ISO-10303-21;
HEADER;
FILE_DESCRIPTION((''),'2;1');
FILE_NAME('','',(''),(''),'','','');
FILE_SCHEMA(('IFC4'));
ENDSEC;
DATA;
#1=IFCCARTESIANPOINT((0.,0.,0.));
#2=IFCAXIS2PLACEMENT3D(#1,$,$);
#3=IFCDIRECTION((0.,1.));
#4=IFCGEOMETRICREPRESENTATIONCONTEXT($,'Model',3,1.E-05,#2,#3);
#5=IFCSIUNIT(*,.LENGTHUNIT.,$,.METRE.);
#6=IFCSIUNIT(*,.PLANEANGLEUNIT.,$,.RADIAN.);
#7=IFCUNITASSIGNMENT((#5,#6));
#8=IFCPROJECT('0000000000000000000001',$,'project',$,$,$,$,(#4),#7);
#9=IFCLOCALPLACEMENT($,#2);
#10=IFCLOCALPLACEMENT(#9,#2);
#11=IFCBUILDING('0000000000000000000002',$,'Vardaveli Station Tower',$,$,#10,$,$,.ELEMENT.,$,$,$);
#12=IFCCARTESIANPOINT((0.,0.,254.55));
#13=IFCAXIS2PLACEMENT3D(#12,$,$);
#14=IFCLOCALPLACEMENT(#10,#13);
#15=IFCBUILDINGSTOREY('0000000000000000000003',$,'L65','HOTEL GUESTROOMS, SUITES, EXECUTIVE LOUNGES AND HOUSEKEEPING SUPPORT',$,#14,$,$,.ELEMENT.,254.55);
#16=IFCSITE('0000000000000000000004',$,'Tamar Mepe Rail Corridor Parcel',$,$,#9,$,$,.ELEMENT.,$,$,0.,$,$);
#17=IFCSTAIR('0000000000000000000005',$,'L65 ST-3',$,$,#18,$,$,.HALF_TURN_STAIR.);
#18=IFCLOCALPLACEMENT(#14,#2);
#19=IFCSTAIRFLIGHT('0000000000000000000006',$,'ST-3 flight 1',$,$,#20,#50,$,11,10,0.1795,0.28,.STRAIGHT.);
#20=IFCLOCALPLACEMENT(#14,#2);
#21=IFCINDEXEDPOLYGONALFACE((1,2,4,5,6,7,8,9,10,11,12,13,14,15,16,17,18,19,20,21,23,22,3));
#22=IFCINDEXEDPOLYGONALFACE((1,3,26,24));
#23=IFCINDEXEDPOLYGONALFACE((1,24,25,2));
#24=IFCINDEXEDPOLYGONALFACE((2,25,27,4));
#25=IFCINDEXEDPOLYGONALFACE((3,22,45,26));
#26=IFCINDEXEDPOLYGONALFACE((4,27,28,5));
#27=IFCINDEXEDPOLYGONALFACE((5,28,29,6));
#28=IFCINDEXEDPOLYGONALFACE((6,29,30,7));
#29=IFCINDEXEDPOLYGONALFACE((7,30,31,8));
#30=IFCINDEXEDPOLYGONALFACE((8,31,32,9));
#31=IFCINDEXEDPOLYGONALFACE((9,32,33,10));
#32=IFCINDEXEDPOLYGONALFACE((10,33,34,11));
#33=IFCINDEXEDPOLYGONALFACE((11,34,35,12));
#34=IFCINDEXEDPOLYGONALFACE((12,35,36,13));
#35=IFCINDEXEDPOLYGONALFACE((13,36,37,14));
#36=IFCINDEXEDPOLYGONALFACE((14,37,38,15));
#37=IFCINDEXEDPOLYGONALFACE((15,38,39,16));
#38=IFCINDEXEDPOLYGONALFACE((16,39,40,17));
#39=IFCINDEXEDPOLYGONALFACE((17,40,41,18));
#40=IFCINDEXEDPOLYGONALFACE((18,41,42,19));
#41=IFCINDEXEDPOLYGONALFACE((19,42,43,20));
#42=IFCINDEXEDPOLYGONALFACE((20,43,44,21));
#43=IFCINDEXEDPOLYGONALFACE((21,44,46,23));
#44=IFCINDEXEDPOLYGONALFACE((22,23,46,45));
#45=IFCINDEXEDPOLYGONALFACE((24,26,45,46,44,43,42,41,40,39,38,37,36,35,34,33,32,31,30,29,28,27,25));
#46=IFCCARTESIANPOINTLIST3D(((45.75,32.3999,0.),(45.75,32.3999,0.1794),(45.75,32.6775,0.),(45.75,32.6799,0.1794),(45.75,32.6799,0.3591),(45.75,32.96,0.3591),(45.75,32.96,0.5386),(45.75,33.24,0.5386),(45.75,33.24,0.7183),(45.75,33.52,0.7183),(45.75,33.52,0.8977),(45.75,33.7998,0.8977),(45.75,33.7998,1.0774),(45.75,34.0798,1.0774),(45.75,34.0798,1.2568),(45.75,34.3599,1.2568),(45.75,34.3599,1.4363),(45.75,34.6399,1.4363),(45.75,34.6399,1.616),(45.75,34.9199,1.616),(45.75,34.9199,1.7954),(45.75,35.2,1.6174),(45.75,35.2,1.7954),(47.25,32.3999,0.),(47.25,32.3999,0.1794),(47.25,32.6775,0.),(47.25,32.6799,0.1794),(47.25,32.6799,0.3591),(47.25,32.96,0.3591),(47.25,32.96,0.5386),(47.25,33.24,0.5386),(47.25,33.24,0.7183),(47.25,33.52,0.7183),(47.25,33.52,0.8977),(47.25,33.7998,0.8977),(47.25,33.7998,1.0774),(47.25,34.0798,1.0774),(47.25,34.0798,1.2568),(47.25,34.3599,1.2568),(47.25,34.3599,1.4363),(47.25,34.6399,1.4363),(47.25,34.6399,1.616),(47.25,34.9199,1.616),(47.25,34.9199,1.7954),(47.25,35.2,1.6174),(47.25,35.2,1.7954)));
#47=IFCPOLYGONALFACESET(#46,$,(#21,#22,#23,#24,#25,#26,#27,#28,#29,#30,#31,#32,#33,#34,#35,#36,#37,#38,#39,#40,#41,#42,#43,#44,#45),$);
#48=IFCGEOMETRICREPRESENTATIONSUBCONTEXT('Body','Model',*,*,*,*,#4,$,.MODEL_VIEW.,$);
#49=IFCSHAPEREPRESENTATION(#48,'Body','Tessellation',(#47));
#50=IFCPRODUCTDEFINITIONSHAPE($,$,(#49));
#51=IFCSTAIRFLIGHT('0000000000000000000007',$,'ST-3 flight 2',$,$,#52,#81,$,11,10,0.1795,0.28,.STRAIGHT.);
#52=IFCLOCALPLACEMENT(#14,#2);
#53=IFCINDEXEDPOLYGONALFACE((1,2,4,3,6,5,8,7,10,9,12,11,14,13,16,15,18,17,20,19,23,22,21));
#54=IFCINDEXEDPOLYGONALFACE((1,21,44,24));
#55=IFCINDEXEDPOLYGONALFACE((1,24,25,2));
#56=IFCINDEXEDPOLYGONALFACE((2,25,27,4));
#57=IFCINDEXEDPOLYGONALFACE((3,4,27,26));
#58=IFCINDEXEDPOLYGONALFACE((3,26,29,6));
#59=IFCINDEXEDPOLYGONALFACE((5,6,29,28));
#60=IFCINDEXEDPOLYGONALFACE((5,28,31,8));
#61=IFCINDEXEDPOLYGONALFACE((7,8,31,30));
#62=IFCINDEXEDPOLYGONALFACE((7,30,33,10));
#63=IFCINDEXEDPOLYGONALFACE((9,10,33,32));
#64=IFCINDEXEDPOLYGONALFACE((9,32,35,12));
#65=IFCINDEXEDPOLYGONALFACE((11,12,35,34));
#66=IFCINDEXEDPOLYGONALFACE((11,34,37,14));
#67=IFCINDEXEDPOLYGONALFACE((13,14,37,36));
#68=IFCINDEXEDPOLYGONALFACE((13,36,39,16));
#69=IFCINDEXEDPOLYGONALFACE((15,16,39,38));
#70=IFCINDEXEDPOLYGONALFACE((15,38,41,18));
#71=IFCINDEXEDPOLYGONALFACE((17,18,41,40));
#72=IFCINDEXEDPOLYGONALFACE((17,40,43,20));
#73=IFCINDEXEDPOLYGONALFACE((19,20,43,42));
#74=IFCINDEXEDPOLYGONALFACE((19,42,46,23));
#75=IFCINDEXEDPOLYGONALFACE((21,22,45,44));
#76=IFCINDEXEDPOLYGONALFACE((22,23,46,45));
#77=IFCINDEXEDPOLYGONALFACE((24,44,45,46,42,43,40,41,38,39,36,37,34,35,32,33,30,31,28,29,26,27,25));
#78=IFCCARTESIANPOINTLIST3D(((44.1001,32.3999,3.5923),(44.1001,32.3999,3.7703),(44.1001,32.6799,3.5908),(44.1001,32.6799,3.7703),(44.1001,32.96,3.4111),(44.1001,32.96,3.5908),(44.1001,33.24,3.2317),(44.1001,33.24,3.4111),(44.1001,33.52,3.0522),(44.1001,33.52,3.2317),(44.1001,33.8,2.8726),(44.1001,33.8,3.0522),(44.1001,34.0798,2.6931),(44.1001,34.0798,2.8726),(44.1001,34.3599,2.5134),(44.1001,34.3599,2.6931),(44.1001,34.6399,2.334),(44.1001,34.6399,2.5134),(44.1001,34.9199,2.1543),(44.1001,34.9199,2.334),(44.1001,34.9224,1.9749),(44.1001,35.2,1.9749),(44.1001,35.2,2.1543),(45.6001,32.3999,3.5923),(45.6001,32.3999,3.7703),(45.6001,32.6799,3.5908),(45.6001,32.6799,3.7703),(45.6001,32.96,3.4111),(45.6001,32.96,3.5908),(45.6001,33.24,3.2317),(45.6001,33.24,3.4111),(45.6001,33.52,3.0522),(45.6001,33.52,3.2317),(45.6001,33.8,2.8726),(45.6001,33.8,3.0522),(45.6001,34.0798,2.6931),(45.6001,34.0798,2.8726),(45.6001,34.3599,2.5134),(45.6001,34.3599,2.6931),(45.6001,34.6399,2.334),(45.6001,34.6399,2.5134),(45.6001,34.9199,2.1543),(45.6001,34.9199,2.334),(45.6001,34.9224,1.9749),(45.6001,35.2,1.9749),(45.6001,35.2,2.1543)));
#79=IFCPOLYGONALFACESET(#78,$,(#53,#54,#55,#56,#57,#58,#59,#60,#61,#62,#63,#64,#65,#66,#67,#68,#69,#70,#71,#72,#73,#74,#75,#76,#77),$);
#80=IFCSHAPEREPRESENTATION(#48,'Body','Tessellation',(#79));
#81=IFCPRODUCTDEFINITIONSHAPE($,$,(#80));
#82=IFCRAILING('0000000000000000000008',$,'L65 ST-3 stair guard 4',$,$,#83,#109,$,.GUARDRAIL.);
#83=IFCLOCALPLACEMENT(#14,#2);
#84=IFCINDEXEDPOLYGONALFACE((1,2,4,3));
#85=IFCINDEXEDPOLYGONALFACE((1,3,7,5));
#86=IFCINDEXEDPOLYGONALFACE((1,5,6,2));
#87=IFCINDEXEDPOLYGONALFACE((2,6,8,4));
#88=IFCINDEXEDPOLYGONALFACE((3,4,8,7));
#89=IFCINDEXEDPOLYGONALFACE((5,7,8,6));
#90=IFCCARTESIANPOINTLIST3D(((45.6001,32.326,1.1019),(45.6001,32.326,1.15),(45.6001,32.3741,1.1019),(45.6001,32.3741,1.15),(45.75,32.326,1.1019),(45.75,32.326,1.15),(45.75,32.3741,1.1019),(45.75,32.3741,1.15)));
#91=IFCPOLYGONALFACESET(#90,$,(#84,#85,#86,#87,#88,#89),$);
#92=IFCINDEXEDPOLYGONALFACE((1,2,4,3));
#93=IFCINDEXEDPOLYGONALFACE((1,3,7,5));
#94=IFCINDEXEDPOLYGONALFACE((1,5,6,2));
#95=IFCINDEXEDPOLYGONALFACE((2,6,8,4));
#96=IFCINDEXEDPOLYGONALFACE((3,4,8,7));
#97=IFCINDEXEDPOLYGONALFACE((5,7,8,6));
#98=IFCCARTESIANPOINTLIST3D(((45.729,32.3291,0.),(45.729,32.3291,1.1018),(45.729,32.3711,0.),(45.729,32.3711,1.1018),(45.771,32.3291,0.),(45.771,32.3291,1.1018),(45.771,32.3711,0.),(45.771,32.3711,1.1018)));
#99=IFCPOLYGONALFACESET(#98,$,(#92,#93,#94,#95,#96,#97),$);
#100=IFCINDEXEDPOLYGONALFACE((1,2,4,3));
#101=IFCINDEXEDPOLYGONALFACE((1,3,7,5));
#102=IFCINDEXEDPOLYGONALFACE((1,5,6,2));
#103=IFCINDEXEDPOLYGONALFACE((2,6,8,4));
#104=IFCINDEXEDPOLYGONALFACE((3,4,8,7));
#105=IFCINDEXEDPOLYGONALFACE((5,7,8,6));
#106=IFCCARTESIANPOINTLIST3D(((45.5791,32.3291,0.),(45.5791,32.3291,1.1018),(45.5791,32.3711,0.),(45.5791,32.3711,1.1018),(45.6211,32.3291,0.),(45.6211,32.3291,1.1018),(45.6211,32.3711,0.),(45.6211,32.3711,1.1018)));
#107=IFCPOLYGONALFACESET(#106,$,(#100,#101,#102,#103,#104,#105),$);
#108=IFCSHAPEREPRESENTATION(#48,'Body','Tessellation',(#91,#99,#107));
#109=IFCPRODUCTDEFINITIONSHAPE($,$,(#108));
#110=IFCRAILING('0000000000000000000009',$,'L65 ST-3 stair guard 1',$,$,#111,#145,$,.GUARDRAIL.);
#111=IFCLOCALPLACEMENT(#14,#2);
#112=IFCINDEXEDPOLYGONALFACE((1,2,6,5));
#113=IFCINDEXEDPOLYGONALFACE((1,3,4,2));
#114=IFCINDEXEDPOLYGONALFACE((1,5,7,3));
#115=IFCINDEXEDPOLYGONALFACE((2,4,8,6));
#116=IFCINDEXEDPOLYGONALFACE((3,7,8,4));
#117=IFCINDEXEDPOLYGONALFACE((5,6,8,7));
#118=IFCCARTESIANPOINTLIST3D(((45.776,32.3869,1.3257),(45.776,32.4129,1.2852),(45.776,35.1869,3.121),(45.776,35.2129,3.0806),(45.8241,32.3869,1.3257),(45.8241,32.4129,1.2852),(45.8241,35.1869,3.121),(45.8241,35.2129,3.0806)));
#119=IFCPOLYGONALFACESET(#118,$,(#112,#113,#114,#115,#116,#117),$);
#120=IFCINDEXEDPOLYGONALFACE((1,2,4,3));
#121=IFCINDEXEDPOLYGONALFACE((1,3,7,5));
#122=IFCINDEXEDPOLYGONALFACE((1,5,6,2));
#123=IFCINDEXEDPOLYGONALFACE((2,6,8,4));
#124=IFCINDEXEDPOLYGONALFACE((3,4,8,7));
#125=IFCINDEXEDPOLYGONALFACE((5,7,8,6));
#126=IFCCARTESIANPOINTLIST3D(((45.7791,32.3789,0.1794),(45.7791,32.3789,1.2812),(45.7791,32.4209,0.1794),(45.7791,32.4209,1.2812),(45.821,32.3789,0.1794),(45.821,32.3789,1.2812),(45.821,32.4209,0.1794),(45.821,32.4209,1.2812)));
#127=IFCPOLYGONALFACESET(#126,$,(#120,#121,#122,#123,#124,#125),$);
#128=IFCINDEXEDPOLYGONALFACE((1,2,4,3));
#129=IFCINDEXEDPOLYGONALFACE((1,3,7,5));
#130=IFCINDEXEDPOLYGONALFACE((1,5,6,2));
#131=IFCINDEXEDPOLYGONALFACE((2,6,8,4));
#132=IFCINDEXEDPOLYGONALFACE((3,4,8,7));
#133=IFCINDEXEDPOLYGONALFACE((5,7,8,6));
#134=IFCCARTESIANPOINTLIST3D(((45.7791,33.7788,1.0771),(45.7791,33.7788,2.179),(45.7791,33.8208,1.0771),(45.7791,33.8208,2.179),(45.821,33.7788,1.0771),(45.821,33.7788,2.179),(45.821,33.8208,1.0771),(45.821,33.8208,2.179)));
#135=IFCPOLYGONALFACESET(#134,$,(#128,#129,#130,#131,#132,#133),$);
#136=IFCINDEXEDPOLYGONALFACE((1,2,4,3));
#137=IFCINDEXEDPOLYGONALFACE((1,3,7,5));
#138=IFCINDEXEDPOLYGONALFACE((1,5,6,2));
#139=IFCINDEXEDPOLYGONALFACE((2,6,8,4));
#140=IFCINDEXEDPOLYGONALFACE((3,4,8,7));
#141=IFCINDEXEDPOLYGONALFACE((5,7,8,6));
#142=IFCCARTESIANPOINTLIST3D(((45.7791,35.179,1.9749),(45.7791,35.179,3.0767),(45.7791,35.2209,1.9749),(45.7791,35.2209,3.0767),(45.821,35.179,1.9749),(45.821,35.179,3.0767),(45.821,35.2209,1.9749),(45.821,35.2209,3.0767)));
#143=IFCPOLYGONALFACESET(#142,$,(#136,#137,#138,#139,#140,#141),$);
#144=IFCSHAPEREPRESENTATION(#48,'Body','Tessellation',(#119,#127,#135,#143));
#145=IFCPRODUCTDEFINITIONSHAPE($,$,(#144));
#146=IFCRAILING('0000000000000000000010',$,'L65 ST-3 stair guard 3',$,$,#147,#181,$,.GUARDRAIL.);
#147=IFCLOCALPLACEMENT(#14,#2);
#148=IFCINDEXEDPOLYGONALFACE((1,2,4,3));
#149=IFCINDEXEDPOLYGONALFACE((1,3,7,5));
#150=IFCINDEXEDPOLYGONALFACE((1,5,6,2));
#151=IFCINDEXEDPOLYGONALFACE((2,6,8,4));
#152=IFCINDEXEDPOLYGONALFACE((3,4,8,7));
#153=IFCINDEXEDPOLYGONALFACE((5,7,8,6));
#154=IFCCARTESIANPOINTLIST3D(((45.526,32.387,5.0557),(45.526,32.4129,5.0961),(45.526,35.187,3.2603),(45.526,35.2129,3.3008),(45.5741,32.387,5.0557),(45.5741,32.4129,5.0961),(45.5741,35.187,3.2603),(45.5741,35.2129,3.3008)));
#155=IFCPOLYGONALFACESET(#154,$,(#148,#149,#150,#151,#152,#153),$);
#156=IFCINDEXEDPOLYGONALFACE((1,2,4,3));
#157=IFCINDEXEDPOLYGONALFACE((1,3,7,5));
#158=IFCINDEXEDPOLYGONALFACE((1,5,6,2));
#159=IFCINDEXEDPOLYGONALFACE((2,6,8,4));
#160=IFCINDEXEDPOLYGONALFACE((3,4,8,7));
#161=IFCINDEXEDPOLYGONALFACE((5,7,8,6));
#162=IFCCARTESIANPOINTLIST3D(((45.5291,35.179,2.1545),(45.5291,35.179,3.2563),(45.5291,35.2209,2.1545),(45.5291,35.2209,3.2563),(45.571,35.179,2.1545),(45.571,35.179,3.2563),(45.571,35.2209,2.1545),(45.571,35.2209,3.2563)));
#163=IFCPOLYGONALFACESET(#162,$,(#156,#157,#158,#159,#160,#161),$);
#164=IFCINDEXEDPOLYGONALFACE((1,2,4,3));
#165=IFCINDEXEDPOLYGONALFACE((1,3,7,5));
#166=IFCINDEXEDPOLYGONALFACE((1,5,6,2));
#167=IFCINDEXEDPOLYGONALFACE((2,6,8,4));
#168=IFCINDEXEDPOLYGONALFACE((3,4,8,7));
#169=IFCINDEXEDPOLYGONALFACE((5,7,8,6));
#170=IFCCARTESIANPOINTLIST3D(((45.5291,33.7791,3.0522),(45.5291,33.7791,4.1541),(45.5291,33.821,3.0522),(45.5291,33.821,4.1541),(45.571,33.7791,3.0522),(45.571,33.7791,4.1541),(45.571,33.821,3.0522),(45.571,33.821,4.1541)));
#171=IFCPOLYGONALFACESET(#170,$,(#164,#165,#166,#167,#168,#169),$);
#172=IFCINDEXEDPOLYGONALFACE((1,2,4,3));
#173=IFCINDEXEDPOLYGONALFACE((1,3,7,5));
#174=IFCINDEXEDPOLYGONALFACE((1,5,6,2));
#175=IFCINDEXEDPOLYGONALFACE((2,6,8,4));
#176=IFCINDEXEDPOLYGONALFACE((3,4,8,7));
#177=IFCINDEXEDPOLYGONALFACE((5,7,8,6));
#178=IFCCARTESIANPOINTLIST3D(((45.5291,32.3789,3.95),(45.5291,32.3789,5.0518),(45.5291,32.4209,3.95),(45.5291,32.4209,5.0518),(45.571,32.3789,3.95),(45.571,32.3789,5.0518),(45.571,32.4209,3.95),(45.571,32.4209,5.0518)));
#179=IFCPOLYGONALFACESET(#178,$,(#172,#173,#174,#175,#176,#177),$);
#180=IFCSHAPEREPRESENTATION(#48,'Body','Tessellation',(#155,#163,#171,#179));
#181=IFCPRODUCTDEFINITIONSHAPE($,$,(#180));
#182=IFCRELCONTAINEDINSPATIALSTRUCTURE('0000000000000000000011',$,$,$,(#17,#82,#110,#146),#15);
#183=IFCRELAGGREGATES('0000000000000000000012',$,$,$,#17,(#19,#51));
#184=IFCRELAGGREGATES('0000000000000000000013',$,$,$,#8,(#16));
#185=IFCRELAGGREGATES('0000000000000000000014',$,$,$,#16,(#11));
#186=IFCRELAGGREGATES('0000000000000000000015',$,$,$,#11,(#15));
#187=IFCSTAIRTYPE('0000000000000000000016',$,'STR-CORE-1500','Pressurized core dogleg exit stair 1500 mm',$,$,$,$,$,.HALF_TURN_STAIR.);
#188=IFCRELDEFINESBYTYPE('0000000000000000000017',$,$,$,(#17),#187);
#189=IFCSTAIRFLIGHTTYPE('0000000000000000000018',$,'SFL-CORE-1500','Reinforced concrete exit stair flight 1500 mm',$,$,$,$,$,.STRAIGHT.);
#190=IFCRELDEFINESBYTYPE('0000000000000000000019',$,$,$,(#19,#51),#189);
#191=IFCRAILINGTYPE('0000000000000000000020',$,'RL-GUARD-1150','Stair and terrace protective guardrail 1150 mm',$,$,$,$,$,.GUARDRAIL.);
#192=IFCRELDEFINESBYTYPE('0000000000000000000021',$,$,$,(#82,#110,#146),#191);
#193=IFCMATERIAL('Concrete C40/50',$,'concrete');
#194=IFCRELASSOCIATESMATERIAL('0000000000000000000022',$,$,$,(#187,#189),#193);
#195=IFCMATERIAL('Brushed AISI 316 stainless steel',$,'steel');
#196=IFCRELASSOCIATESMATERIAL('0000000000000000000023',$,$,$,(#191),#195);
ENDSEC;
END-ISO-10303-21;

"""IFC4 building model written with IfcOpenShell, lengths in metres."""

from ifc_helpers import new_model, si_unit, direction, frame, origin, origin_2d, place, context, subcontext, project, spatial, polyline, rectangle, outline, extrude, source, transform, mapped, material, type_object, element, aggregate, save


model = new_model("IFC4")

# Units and contexts
model_context = context("Model", 3, precision=1e-05, world=origin(), true_north=direction((0.0, 1.0)))
body_context = subcontext(model_context, "Body", "Model", "MODEL_VIEW")
ifc_project = project(units=[si_unit("LENGTHUNIT", "METRE"), si_unit("PLANEANGLEUNIT", "RADIAN")], contexts=[model_context])

# Site, building, storey
site_placement = place(None, origin())
site = spatial("IfcSite", under=ifc_project, at=site_placement, Name="Tamar Mepe Rail Corridor Parcel", CompositionType="ELEMENT", RefElevation=0.0)
building_placement = place(site_placement, origin())
building = spatial("IfcBuilding", under=site, at=building_placement, Name="Vardaveli Station Tower", CompositionType="ELEMENT")
storey_placement = place(building_placement, frame((0.0, 0.0, 254.55)))
storey = spatial("IfcBuildingStorey", under=building, at=storey_placement, Name="L65", Description="HOTEL GUESTROOMS, SUITES, EXECUTIVE LOUNGES AND HOUSEKEEPING SUPPORT", CompositionType="ELEMENT", Elevation=254.55)

# Shared definitions
ifc_material_1 = material(Name="Concrete C40/50", Category="concrete")

# Stair, stair flights
stair_type = type_object("IfcStairType", Name="STR-CORE-1500", Description="Pressurized core dogleg exit stair 1500 mm", PredefinedType="HALF_TURN_STAIR", material=ifc_material_1)
stair_placement = place(storey_placement, origin())
stair = element("IfcStair", 1, at=stair_placement, inside=storey, type_object=stair_type, Name="L65 ST-3", PredefinedType="HALF_TURN_STAIR")
stair_flight_type = type_object("IfcStairFlightType", Name="SFL-CORE-1500", Description="Reinforced concrete exit stair flight 1500 mm", PredefinedType="STRAIGHT", material=ifc_material_1)
shared_shape_1 = source(origin(), body_context, "Body", "SweptSolid", [
    extrude(outline(polyline([(0.0, 0.0), (0.0, 0.1794), (0.28, 0.1794), (0.28, 0.3591), (0.5601, 0.3591), (0.5601, 0.5386), (0.8401, 0.5386), (0.8401, 0.7183), (1.1201, 0.7183), (1.1201, 0.8977), (1.3999, 0.8977), (1.3999, 1.0774), (1.6799, 1.0774), (1.6799, 1.2568), (1.96, 1.2568), (1.96, 1.4363), (2.24, 1.4363), (2.24, 1.616), (2.52, 1.616), (2.52, 1.7954), (2.8, 1.7954), (2.8, 1.9751), (2.8, 1.6174), (0.2776, 0.0), (0.0, 0.0)])), frame((0.0, 0.75, 0.0), z_axis=(0.0, -1.0, 0.0), x_axis=(1.0, 0.0, 0.0)), (0.0, 0.0, 1.0), 1.5),
])
stair_flight_1_placement = place(storey_placement, frame((46.5, 32.3999, 0.0), z_axis=(0.0, 0.0, 1.0), x_axis=(0.0, 1.0, 0.0)))
stair_flight_1 = element("IfcStairFlight", 2, at=stair_flight_1_placement, type_object=stair_flight_type, Name="ST-3 flight 1", NumberOfRisers=11, NumberOfTreads=10, PredefinedType="STRAIGHT", RiserHeight=0.1795, TreadLength=0.28, context=body_context, shape_type="MappedRepresentation", body=[
    mapped(shared_shape_1, transform((0.0, 0.0, 0.0), scale=1.0)),
])
stair_flight_2_placement = place(storey_placement, frame((44.8501, 35.2, 1.9749), z_axis=(0.0, 0.0, 1.0), x_axis=(0.0, -1.0, 0.0)))
stair_flight_2 = element("IfcStairFlight", 3, at=stair_flight_2_placement, type_object=stair_flight_type, Name="ST-3 flight 2", NumberOfRisers=11, NumberOfTreads=10, PredefinedType="STRAIGHT", RiserHeight=0.1795, TreadLength=0.28, context=body_context, shape_type="MappedRepresentation", body=[
    mapped(shared_shape_1, transform((0.0, 0.0, 0.0), scale=1.0)),
])
aggregate(stair, [stair_flight_1, stair_flight_2])

# Railings
ifc_material_2 = material(Name="Brushed AISI 316 stainless steel", Category="steel")
railing_type_1 = type_object("IfcRailingType", Name="RL-GUARD-1150", Description="Stair and terrace protective guardrail 1150 mm", PredefinedType="GUARDRAIL", material=ifc_material_2)
shared_shape_2 = source(origin(), body_context, "Body", "SweptSolid", [
    extrude(rectangle(XDim=0.0481, YDim=0.0481, at=origin_2d()), frame((0.0, 0.0, 1.126), z_axis=(-1.0, 0.0, 0.0), x_axis=(0.0, -1.0, 0.0)), (0.0, 0.0, 1.0), 0.1499),
    extrude(rectangle(XDim=0.042, YDim=0.042, at=origin_2d()), origin(), (0.0, 0.0, 1.0), 1.1018),
    extrude(rectangle(XDim=0.042, YDim=0.042, at=origin_2d()), frame((-0.1499, 0.0, 0.0)), (0.0, 0.0, 1.0), 1.1018),
])
railing_1_placement = place(storey_placement, frame((45.75, 32.3501, 0.0)))
element("IfcRailing", 4, at=railing_1_placement, inside=storey, type_object=railing_type_1, Name="L65 ST-3 stair guard 4", PredefinedType="GUARDRAIL", context=body_context, shape_type="MappedRepresentation", body=[
    mapped(shared_shape_2, transform((0.0, 0.0, 0.0), scale=1.0)),
])
shared_shape_3 = source(origin(), body_context, "Body", "SweptSolid", [
    extrude(rectangle(XDim=0.0481, YDim=0.0481, at=origin_2d()), frame((0.0, 0.0, 1.126), z_axis=(0.0, 0.84181, 0.539774), x_axis=(-1.0, 0.0, 0.0)), (0.0, 0.0, 1.0), 3.3262),
    extrude(rectangle(XDim=0.042, YDim=0.042, at=origin_2d()), origin(), (0.0, 0.0, 1.0), 1.1018),
    extrude(rectangle(XDim=0.042, YDim=0.042, at=origin_2d()), frame((0.0, 1.3999, 0.8977)), (0.0, 0.0, 1.0), 1.1018),
    extrude(rectangle(XDim=0.042, YDim=0.042, at=origin_2d()), frame((0.0, 2.8, 1.7954)), (0.0, 0.0, 1.0), 1.1018),
])
railing_2_placement = place(storey_placement, frame((45.8, 32.3999, 0.1794)))
element("IfcRailing", 5, at=railing_2_placement, inside=storey, type_object=railing_type_1, Name="L65 ST-3 stair guard 1", PredefinedType="GUARDRAIL", context=body_context, shape_type="MappedRepresentation", body=[
    mapped(shared_shape_3, transform((0.0, 0.0, 0.0), scale=1.0)),
])
shared_shape_4 = source(origin(), body_context, "Body", "SweptSolid", [
    extrude(rectangle(XDim=0.0481, YDim=0.0481, at=origin_2d()), frame((0.0, 0.0, 1.126), z_axis=(0.0, -0.84181, 0.539774), x_axis=(1.0, 0.0, 0.0)), (0.0, 0.0, 1.0), 3.3262),
    extrude(rectangle(XDim=0.042, YDim=0.042, at=origin_2d()), origin(), (0.0, 0.0, 1.0), 1.1018),
    extrude(rectangle(XDim=0.042, YDim=0.042, at=origin_2d()), frame((0.0, -1.3999, 0.8977)), (0.0, 0.0, 1.0), 1.1018),
    extrude(rectangle(XDim=0.042, YDim=0.042, at=origin_2d()), frame((0.0, -2.8, 1.7954)), (0.0, 0.0, 1.0), 1.1018),
])
railing_3_placement = place(storey_placement, frame((45.55, 35.2, 2.1545)))
element("IfcRailing", 6, at=railing_3_placement, inside=storey, type_object=railing_type_1, Name="L65 ST-3 stair guard 3", PredefinedType="GUARDRAIL", context=body_context, shape_type="MappedRepresentation", body=[
    mapped(shared_shape_4, transform((0.0, 0.0, 0.0), scale=1.0)),
])

save(model, "model.ifc")
